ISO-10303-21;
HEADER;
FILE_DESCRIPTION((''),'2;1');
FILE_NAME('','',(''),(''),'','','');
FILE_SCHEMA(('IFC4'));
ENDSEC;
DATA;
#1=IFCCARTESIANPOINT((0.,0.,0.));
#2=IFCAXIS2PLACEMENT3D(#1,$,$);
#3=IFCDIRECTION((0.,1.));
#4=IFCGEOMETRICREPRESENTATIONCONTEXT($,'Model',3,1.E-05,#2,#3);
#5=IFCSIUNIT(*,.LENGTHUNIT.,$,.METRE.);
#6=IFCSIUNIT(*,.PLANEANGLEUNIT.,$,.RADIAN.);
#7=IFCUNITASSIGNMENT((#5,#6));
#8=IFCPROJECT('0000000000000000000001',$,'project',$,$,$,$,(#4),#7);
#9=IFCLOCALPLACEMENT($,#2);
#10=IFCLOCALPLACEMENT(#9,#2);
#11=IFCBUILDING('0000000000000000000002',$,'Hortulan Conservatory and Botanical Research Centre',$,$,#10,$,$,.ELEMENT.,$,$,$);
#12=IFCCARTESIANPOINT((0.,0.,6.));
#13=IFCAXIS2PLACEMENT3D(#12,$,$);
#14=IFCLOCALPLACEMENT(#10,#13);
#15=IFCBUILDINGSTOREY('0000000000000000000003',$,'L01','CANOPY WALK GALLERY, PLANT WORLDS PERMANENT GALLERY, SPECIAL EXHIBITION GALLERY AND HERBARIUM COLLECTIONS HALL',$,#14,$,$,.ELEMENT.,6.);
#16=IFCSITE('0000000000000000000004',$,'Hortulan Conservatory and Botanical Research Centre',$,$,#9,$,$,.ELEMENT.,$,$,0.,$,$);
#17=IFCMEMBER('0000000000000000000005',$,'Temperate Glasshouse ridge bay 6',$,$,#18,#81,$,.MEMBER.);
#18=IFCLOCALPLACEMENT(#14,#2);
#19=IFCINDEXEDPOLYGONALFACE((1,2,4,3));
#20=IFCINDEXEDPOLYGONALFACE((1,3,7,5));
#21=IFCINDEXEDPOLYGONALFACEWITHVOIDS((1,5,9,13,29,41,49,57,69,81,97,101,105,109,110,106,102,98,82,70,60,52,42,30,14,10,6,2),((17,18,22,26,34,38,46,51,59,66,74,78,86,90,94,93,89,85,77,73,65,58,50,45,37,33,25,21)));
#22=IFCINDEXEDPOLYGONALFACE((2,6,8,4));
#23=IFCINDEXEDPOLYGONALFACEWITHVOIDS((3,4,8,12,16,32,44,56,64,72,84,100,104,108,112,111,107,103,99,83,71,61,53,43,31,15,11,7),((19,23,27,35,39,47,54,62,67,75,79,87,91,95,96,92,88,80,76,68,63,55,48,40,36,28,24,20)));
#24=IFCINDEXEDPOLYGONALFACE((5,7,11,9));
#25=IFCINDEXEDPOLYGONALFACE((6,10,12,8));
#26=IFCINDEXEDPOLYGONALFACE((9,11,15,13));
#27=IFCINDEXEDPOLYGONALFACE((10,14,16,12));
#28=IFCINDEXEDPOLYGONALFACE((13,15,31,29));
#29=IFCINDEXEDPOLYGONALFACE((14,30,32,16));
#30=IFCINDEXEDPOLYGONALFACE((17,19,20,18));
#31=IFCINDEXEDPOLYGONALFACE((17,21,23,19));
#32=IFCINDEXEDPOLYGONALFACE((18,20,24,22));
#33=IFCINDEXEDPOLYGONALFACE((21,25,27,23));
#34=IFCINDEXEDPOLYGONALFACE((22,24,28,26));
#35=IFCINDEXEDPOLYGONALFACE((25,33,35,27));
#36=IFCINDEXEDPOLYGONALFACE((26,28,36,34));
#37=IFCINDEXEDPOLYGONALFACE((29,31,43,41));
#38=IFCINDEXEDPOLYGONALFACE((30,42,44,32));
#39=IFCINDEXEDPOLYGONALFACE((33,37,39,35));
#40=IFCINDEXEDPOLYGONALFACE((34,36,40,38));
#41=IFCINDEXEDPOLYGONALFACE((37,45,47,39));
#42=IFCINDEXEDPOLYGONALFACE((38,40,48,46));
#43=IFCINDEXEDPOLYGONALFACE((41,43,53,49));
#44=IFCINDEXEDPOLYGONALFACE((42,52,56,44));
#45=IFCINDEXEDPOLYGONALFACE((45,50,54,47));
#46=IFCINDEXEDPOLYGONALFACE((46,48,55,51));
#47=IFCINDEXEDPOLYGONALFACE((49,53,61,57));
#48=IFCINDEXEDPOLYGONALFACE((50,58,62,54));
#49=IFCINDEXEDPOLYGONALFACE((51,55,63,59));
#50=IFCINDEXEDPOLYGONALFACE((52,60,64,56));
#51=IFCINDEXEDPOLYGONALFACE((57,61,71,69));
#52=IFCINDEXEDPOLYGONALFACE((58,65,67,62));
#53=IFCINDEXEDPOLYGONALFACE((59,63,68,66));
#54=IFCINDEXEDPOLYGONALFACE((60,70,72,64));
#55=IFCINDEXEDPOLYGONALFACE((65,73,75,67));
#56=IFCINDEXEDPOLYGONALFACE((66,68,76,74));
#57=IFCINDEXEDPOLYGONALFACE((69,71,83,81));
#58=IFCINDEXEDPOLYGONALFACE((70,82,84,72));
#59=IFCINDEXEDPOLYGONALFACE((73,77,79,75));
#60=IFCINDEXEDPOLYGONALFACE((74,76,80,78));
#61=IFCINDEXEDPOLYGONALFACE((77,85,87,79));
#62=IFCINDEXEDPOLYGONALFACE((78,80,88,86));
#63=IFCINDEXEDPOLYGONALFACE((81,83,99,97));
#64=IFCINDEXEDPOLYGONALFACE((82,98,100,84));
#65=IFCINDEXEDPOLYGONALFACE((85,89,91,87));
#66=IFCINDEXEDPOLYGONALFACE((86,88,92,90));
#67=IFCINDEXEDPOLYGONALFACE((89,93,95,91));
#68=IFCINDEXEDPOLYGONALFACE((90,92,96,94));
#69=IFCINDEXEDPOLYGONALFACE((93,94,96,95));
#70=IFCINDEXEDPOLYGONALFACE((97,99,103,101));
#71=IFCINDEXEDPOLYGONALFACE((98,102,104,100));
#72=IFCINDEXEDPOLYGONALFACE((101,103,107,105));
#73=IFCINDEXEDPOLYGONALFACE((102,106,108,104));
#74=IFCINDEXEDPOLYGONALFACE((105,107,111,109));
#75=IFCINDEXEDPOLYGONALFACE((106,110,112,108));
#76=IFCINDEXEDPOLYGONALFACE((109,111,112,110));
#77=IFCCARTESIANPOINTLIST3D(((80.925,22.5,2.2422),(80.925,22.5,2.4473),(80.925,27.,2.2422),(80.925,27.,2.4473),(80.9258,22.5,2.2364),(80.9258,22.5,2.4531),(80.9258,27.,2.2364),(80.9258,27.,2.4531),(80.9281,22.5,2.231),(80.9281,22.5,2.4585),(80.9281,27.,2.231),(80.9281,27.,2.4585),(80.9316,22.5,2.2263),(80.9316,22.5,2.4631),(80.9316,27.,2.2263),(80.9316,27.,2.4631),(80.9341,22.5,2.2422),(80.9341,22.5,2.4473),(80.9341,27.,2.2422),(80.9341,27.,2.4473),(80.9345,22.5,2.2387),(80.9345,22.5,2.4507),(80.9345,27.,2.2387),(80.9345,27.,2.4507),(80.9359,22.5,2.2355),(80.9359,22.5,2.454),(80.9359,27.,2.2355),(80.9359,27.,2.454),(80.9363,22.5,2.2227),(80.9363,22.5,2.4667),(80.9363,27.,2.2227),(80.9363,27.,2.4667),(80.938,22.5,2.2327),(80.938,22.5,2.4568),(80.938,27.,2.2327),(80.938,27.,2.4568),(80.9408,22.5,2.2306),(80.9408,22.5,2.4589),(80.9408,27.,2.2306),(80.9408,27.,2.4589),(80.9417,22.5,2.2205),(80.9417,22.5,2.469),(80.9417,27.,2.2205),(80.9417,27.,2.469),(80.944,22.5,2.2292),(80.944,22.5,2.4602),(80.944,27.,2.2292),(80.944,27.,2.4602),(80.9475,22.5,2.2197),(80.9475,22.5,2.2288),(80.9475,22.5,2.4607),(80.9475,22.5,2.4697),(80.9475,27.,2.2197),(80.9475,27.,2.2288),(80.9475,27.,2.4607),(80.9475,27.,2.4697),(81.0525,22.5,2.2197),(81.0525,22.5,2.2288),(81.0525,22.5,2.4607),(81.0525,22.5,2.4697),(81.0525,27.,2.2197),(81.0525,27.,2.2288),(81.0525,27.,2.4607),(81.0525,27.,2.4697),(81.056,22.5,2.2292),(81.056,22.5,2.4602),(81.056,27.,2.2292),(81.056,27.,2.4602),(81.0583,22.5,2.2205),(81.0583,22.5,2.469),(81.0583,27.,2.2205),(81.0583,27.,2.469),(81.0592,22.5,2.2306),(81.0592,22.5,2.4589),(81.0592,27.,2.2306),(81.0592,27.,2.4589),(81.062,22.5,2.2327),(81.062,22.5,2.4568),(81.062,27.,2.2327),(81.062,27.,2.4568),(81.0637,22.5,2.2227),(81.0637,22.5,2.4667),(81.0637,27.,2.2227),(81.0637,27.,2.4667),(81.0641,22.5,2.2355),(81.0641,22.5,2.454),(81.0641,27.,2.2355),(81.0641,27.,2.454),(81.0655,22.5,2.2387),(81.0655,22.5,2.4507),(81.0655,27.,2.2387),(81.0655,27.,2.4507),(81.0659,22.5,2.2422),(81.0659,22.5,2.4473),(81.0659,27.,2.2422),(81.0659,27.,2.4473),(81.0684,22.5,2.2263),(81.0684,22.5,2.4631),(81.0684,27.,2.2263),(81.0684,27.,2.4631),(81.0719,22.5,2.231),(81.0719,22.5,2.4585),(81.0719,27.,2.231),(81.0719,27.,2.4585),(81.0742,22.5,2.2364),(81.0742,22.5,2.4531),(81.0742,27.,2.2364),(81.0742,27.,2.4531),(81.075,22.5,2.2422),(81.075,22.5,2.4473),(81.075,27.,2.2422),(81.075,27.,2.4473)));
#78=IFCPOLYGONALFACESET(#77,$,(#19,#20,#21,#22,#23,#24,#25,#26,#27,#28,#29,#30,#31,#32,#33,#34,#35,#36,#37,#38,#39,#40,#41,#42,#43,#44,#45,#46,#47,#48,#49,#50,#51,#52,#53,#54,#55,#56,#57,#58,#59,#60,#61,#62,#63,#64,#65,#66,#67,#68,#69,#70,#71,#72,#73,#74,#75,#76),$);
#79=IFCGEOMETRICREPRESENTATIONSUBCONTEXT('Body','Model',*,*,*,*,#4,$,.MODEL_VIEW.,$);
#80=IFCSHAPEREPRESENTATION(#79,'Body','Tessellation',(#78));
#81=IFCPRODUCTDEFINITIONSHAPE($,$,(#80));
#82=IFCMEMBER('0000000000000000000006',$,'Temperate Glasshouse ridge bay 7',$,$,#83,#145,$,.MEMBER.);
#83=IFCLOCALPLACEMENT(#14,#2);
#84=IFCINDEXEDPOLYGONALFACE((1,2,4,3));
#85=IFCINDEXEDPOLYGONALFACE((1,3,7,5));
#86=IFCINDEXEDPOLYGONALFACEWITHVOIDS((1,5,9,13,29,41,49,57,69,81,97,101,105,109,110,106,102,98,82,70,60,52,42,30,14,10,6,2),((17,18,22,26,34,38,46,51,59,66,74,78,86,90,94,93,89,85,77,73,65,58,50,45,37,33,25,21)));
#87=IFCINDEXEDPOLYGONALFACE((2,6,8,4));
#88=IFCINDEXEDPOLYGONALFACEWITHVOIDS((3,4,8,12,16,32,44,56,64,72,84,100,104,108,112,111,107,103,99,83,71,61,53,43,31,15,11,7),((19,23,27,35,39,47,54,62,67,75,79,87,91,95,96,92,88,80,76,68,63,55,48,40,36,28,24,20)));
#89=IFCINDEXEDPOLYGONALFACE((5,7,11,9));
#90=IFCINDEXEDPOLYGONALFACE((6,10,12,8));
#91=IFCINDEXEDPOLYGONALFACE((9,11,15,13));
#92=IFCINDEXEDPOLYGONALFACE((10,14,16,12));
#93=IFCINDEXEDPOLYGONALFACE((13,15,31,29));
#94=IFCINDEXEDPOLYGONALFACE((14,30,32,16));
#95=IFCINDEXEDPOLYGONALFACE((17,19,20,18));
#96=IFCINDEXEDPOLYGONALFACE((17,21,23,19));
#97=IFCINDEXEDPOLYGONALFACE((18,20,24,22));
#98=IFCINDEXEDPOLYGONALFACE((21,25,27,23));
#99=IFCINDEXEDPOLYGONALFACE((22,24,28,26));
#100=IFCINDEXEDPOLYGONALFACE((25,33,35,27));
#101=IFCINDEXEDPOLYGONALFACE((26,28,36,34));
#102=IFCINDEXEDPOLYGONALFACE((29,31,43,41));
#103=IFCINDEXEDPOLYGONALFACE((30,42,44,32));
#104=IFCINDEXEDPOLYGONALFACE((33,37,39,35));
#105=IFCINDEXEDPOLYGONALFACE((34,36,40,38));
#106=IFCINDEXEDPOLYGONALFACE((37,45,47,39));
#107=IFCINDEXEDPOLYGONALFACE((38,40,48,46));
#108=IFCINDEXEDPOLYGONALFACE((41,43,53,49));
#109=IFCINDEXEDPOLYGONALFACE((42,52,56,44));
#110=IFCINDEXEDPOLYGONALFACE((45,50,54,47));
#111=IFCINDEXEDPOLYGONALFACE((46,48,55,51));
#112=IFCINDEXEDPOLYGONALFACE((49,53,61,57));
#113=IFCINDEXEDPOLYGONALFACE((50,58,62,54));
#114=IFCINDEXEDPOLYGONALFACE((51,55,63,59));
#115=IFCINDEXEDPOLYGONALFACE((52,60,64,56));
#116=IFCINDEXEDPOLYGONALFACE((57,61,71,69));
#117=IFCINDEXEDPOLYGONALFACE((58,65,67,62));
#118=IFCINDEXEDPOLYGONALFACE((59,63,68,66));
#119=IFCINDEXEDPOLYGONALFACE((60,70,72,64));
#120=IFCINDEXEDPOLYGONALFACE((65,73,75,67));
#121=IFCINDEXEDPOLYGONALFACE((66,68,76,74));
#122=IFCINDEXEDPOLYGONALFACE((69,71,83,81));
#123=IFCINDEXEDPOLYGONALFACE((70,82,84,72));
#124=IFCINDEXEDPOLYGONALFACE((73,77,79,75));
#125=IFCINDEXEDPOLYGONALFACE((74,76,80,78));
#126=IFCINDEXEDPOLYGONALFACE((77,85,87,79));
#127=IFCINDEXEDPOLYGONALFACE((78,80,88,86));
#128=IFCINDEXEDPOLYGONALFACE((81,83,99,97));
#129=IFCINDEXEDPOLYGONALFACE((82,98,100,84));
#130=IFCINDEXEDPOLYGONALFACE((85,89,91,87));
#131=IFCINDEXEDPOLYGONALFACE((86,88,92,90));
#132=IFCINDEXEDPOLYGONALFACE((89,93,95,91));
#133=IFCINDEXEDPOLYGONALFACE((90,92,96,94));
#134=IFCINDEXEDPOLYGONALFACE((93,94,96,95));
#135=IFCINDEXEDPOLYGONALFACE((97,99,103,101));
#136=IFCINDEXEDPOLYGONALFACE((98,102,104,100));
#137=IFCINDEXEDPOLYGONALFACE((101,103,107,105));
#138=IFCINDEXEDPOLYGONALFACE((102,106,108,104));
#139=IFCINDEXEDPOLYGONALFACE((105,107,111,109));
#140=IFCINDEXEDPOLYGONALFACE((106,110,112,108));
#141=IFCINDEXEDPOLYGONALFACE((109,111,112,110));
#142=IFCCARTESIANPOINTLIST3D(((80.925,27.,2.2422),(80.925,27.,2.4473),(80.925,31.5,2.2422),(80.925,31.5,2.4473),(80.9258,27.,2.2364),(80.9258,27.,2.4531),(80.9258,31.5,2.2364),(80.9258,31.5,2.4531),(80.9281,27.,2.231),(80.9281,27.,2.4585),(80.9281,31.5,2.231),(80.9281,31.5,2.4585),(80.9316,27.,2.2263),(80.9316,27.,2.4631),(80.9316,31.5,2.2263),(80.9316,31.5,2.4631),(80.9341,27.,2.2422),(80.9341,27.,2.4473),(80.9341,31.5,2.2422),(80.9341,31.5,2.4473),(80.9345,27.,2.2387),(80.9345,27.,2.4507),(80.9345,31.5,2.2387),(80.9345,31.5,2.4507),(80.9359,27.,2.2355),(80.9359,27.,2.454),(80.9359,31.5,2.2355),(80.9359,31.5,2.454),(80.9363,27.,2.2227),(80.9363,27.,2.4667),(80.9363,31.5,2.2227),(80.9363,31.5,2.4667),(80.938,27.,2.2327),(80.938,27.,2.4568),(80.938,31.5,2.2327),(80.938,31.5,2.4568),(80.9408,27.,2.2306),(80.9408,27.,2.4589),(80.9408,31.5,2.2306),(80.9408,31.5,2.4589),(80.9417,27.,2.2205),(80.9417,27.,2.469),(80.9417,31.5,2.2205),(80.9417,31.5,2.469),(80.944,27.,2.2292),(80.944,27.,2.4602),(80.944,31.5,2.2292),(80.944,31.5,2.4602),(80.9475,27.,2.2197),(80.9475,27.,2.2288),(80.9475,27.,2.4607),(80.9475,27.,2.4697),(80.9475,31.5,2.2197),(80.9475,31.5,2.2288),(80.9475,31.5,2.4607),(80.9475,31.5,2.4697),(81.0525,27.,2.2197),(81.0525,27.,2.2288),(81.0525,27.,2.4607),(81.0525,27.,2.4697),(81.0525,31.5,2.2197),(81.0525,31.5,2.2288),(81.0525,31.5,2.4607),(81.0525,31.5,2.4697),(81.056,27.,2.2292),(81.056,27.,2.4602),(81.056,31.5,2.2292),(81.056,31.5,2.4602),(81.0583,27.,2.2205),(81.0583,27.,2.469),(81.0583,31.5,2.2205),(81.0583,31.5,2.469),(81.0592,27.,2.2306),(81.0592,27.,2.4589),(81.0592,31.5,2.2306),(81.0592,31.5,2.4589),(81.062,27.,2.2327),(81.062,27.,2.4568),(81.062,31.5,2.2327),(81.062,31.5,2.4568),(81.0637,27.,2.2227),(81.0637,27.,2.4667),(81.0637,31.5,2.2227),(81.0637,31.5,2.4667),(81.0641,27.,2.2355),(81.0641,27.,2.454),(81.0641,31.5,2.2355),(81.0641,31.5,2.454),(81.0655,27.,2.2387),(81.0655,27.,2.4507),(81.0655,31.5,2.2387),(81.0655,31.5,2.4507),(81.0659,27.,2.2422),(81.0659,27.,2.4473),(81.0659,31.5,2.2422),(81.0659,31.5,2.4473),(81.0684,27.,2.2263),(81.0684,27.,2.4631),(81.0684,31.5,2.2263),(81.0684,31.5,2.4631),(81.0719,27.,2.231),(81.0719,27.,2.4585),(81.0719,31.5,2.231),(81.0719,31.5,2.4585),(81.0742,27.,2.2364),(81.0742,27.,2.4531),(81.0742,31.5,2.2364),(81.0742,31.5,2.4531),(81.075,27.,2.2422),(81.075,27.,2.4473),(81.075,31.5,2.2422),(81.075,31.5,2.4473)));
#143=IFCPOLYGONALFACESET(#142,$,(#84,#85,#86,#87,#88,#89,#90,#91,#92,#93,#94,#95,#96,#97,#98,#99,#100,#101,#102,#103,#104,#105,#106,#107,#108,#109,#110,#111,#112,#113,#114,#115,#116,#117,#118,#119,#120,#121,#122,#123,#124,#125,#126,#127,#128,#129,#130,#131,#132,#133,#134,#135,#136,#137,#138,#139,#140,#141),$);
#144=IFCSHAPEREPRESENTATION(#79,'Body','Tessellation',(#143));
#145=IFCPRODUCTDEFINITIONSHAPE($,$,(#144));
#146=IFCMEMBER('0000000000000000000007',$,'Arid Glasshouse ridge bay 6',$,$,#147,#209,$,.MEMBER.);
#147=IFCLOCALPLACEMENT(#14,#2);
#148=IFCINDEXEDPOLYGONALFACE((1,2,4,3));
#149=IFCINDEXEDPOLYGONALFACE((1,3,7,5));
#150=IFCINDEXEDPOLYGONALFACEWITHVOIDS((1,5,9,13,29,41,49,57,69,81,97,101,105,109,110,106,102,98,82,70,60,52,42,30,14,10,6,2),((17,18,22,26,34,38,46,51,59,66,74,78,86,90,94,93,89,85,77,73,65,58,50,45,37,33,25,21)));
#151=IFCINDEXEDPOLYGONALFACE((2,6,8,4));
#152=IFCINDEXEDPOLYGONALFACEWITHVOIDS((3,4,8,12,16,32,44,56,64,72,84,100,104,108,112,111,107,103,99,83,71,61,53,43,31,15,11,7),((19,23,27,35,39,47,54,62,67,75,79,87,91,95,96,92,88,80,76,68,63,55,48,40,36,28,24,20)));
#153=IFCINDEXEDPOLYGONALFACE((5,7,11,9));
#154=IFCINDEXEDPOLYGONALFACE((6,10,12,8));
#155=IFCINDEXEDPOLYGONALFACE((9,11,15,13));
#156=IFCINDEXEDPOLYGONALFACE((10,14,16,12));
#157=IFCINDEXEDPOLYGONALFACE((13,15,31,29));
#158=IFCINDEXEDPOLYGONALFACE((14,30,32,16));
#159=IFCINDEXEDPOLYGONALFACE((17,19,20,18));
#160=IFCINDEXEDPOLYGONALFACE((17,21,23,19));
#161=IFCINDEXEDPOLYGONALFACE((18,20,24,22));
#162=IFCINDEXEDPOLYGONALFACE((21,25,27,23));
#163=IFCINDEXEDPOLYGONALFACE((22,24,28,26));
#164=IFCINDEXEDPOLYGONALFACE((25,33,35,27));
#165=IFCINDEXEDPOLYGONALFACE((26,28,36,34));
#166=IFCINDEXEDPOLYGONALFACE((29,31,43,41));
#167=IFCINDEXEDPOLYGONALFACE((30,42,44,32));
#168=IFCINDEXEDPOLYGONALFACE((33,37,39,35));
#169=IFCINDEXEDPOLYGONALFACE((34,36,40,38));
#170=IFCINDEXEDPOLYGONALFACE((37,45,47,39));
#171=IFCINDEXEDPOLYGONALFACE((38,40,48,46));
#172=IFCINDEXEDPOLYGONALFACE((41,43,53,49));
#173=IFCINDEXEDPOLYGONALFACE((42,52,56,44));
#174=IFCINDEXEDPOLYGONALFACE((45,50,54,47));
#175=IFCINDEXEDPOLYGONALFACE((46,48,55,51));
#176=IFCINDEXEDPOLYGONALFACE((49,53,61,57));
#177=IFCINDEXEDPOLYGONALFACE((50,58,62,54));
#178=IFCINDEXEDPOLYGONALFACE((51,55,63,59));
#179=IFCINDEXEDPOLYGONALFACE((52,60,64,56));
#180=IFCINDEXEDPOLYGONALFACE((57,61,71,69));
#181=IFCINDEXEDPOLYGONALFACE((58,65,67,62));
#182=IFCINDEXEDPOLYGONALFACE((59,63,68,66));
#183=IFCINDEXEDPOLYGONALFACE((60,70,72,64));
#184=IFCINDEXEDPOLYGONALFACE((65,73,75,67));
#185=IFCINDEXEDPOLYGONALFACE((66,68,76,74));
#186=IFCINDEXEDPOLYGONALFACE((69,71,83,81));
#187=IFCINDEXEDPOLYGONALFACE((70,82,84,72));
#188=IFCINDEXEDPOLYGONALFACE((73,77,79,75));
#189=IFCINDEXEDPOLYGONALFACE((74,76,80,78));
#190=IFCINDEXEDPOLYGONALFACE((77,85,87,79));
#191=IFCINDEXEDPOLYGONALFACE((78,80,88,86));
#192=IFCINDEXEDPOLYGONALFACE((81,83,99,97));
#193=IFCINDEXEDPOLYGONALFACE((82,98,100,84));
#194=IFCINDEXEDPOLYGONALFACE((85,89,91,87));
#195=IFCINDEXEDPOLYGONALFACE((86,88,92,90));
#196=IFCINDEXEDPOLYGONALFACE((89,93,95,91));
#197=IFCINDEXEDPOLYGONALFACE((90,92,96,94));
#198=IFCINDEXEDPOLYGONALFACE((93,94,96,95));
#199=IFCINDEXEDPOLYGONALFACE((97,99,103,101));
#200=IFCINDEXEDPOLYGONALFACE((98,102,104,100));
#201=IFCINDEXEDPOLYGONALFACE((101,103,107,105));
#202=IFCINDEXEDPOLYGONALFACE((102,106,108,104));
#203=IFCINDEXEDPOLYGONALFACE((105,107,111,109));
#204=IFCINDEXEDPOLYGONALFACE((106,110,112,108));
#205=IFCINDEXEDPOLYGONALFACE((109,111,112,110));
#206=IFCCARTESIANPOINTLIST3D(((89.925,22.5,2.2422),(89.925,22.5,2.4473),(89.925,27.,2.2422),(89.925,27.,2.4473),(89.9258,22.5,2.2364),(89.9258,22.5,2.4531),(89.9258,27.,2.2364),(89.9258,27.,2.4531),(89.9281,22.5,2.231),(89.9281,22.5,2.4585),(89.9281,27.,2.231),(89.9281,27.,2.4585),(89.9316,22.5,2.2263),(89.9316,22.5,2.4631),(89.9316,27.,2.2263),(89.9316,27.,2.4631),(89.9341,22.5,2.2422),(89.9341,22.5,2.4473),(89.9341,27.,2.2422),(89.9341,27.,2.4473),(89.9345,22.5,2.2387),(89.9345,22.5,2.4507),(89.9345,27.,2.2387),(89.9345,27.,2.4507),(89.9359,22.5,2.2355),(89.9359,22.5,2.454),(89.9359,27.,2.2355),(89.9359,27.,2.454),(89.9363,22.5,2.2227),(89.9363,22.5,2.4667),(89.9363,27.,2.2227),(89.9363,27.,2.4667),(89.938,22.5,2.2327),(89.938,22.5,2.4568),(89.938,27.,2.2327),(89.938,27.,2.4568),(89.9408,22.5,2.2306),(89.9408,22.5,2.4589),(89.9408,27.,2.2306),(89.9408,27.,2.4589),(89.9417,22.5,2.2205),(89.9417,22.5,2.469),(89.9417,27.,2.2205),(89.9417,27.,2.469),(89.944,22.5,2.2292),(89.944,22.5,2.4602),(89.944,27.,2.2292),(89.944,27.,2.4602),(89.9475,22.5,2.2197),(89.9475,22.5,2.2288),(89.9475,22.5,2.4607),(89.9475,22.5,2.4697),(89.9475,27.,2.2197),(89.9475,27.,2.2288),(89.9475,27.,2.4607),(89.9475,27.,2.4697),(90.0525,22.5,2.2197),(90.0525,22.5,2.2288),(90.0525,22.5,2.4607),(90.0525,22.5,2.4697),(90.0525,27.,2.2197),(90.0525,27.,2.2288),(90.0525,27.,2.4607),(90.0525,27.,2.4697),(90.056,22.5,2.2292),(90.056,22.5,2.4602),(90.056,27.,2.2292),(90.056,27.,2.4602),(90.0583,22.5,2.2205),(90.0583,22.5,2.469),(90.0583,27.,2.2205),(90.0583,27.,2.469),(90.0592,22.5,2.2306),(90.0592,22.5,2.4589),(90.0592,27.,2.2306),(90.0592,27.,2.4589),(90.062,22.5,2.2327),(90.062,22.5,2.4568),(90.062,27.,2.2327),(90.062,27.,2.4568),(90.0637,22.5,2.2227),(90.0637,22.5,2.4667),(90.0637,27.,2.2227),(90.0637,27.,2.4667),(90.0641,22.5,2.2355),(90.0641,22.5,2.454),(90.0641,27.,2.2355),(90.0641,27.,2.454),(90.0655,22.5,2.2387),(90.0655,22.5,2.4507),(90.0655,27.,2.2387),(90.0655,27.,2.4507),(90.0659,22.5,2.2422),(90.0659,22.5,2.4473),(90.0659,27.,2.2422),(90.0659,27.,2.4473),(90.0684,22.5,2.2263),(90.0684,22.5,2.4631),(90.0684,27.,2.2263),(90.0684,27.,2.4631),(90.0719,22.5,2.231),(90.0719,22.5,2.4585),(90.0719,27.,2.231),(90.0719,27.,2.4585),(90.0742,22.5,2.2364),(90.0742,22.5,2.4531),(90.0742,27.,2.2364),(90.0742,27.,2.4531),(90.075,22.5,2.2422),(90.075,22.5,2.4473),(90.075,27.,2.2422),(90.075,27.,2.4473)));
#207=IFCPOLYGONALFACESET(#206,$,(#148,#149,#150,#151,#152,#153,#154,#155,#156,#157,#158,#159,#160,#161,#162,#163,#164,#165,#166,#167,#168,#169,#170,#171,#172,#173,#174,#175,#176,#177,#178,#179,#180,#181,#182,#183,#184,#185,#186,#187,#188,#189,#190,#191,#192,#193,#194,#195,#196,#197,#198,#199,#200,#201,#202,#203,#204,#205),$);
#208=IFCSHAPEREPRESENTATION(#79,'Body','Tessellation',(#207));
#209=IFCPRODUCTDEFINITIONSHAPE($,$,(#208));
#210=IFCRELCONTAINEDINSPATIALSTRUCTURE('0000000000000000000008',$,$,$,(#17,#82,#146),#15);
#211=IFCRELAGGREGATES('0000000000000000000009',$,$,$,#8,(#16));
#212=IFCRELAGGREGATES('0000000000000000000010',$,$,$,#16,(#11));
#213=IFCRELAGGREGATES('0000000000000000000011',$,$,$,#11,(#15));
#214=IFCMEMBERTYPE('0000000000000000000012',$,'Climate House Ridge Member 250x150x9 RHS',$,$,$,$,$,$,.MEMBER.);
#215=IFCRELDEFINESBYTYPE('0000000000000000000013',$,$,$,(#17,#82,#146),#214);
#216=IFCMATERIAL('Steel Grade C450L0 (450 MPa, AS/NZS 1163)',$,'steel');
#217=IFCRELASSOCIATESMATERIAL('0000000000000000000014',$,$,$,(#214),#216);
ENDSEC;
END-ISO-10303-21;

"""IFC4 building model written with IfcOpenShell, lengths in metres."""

from ifc_helpers import new_model, si_unit, direction, frame, origin, origin_2d, place, context, subcontext, project, spatial, hollow_rectangle, extrude, material, material_profile, profile_set, type_object, element, save


model = new_model("IFC4")

# Units and contexts
model_context = context("Model", 3, precision=1e-05, world=origin(), true_north=direction((0.0, 1.0)))
body_context = subcontext(model_context, "Body", "Model", "MODEL_VIEW")
ifc_project = project(units=[si_unit("LENGTHUNIT", "METRE"), si_unit("PLANEANGLEUNIT", "RADIAN")], contexts=[model_context])

# Site, building, storey
site_placement = place(None, origin())
site = spatial("IfcSite", under=ifc_project, at=site_placement, Name="Hortulan Conservatory and Botanical Research Centre", CompositionType="ELEMENT", RefElevation=0.0)
building_placement = place(site_placement, origin())
building = spatial("IfcBuilding", under=site, at=building_placement, Name="Hortulan Conservatory and Botanical Research Centre", CompositionType="ELEMENT")
storey_placement = place(building_placement, frame((0.0, 0.0, 6.0)))
storey = spatial("IfcBuildingStorey", under=building, at=storey_placement, Name="L01", Description="CANOPY WALK GALLERY, PLANT WORLDS PERMANENT GALLERY, SPECIAL EXHIBITION GALLERY AND HERBARIUM COLLECTIONS HALL", CompositionType="ELEMENT", Elevation=6.0)

# Shared definitions
ifc_material_1 = material(Name="Steel Grade C450L0 (450 MPa, AS/NZS 1163)", Category="steel")

# Members
ifc_material_profile_1 = material_profile(ifc_material_1, hollow_rectangle(XDim=0.1499, YDim=0.25, WallThickness=0.009, InnerFilletRadius=0.0134, OuterFilletRadius=0.0225, at=origin_2d()), Name="250x150x9RHS")
ifc_profile_set_1 = profile_set([ifc_material_profile_1], Name="Steel Grade C450L0 (450 MPa, AS/NZS 1163)")
member_type_1 = type_object("IfcMemberType", Name="Climate House Ridge Member 250x150x9 RHS", PredefinedType="MEMBER", material=ifc_profile_set_1)
for number, where, z_axis, x_axis, name in (
    (1, (81.0, 22.5, 2.3447), (0.0, 1.0, 0.0), (-1.0, 0.0, 0.0), "Temperate Glasshouse ridge bay 6"),
    (2, (81.0, 27.0, 2.3447), (0.0, 1.0, 0.0), (-1.0, 0.0, 0.0), "Temperate Glasshouse ridge bay 7"),
    (3, (90.0, 22.5, 2.3447), (0.0, 1.0, 0.0), (-1.0, 0.0, 0.0), "Arid Glasshouse ridge bay 6"),
):
    element("IfcMember", number, at=place(storey_placement, frame(where, z_axis=z_axis, x_axis=x_axis)), inside=storey, type_object=member_type_1, Name=name, PredefinedType="MEMBER", context=body_context, shape_type="SweptSolid", body=[
        extrude(hollow_rectangle(XDim=0.1499, YDim=0.25, WallThickness=0.009, InnerFilletRadius=0.0134, OuterFilletRadius=0.0225, at=origin_2d()), origin(), (0.0, 0.0, 1.0), 4.5),
    ])

save(model, "model.ifc")
